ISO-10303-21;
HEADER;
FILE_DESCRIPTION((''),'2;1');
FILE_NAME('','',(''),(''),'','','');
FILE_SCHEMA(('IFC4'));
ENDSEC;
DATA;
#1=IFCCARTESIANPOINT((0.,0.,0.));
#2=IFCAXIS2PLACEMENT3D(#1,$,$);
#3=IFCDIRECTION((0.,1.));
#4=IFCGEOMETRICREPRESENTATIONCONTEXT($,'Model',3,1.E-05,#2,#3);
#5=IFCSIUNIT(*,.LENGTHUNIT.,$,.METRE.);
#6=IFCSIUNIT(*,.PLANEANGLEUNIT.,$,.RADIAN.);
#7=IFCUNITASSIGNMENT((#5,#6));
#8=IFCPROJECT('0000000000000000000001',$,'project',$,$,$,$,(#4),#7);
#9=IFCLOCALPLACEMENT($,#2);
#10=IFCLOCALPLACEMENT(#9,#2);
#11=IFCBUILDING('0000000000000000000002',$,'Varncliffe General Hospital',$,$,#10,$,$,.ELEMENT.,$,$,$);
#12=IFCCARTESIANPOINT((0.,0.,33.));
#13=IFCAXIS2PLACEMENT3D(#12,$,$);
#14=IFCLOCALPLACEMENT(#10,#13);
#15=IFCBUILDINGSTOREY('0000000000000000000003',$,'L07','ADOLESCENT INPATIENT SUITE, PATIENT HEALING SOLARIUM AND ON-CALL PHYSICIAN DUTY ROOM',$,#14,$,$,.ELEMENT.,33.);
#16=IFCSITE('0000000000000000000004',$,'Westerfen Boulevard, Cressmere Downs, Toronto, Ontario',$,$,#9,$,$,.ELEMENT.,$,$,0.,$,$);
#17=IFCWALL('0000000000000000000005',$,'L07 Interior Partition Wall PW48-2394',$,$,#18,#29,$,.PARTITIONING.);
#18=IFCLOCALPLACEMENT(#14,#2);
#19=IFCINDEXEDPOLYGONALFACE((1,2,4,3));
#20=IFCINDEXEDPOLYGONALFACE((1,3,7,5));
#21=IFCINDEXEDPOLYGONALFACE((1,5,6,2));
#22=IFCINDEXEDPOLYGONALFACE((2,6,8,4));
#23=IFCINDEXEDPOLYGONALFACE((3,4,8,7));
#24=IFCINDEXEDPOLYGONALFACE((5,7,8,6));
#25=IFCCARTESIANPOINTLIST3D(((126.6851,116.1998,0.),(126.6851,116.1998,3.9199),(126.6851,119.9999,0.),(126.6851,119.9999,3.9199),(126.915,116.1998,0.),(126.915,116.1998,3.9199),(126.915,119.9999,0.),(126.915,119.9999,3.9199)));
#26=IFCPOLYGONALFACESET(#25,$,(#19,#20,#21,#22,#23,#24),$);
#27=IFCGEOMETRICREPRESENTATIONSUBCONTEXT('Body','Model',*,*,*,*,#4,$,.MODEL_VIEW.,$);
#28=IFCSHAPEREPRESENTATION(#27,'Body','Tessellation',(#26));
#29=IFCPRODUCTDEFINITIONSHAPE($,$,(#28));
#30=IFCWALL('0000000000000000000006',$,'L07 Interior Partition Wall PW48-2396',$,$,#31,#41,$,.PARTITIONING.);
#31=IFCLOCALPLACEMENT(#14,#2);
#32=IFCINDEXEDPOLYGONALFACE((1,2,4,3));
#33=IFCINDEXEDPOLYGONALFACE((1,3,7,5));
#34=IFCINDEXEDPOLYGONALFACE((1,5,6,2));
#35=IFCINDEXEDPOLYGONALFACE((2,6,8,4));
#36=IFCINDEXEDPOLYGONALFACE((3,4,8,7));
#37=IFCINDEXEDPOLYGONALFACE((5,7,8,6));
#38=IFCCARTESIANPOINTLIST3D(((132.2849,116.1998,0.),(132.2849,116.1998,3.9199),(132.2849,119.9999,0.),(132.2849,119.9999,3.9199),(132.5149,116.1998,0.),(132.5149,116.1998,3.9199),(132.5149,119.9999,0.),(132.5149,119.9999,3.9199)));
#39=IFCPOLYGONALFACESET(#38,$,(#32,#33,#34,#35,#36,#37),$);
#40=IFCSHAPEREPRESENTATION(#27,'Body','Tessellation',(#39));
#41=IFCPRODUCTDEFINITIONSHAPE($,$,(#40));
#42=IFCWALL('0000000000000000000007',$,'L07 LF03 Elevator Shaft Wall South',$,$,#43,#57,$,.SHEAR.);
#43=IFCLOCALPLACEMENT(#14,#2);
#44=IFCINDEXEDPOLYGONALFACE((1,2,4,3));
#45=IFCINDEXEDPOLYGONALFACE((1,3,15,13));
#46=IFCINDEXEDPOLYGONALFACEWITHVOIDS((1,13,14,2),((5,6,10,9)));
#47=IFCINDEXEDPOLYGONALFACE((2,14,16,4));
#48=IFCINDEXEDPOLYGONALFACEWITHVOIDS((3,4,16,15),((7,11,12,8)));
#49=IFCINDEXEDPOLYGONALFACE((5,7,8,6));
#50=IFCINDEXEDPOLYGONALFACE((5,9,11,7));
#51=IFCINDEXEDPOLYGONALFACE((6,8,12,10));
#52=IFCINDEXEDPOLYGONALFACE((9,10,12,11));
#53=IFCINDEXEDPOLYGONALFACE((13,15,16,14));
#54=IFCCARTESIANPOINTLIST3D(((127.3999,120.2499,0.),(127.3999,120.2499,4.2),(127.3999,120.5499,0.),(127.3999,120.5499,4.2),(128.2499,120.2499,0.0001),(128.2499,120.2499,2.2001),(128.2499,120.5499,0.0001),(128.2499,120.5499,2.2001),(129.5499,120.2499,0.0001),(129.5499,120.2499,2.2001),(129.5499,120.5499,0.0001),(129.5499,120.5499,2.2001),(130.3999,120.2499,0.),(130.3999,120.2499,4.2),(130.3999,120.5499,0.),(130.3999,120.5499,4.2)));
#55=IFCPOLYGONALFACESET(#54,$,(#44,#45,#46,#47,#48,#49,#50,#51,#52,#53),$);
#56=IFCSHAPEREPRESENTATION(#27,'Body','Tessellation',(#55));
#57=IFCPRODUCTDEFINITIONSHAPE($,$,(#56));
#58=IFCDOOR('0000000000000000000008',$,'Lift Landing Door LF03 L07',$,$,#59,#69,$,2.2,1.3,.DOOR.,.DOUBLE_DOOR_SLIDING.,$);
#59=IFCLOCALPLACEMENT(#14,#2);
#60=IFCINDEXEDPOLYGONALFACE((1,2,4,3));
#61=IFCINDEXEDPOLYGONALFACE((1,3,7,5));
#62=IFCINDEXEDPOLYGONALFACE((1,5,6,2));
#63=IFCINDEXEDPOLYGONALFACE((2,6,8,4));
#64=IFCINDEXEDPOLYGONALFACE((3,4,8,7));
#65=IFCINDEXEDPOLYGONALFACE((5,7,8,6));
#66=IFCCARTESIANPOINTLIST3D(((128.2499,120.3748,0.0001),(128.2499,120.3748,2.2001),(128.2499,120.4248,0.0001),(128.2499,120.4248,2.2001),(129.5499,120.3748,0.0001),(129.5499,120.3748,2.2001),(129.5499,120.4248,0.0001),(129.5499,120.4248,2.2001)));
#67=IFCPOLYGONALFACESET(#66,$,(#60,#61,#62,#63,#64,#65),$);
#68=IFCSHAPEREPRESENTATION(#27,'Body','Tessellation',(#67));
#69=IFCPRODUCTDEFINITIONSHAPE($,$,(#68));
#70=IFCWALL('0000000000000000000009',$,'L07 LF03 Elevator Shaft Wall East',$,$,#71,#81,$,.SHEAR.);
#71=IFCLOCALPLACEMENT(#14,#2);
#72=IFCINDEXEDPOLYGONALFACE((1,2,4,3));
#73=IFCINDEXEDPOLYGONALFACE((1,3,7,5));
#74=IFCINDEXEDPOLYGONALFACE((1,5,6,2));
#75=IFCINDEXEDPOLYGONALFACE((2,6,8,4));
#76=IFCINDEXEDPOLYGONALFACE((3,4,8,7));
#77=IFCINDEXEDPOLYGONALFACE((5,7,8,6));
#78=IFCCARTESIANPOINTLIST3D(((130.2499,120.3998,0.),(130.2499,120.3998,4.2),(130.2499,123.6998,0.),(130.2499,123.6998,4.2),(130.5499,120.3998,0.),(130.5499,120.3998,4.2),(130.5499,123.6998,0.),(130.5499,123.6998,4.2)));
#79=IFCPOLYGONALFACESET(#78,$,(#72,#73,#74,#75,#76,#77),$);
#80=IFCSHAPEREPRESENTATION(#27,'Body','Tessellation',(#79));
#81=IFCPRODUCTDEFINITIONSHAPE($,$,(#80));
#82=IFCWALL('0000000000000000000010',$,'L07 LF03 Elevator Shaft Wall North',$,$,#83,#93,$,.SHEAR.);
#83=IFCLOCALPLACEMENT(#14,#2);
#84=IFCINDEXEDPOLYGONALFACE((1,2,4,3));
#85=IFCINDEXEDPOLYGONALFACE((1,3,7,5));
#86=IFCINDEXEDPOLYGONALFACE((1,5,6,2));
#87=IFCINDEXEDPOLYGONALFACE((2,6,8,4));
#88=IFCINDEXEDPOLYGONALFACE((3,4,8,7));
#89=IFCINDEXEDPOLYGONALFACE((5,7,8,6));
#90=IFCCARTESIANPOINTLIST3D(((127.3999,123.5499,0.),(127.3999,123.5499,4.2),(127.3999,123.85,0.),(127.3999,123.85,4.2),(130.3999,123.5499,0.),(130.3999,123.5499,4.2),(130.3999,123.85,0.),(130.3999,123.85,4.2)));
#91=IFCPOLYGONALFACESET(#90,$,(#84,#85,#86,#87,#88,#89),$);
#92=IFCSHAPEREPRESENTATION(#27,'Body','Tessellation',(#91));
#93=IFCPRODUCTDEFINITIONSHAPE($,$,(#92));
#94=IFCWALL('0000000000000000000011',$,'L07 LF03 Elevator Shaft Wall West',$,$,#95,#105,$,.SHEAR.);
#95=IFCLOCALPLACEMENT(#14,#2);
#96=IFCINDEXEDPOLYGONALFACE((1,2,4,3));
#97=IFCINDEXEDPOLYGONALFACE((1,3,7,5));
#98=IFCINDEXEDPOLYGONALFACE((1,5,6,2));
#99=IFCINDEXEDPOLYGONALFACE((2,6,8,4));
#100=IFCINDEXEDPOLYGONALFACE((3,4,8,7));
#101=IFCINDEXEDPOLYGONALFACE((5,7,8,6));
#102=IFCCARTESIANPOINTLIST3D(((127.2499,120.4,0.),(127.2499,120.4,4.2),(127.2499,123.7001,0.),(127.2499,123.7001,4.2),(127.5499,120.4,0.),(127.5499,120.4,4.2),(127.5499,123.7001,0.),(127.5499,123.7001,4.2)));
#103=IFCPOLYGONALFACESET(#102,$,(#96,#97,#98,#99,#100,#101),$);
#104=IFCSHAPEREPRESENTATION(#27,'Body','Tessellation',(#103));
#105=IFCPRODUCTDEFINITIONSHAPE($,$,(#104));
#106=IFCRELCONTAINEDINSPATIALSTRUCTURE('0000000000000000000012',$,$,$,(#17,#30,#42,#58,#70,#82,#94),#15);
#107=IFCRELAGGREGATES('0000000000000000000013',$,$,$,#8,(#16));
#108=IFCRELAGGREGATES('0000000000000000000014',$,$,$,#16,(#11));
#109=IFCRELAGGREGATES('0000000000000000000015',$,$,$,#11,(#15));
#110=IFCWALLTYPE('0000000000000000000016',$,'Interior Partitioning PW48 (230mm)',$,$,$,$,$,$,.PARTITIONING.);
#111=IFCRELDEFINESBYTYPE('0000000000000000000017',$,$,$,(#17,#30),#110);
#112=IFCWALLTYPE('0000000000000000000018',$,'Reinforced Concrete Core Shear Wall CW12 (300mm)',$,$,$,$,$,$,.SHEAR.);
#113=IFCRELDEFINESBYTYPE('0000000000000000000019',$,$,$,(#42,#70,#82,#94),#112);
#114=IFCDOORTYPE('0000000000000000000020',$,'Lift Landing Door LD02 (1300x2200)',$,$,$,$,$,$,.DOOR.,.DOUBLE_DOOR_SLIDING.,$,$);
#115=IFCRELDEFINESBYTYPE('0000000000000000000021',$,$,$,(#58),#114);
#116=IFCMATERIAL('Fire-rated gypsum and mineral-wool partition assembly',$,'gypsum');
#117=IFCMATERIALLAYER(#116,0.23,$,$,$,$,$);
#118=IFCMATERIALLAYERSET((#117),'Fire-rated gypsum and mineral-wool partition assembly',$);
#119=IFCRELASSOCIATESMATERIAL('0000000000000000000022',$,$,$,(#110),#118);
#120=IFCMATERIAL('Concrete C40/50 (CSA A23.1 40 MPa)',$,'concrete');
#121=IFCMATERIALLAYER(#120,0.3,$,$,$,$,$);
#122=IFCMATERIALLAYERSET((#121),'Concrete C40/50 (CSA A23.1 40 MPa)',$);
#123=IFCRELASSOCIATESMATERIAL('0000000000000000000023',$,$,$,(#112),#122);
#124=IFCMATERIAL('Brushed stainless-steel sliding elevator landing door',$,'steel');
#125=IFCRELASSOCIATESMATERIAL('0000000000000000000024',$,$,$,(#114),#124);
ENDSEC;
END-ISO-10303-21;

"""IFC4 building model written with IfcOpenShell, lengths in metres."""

from ifc_helpers import new_model, si_unit, direction, frame, frame_2d, origin, place, context, subcontext, project, spatial, rectangle, extrude, material, layer, layer_set, type_object, element, fill, save


model = new_model("IFC4")

# Units and contexts
model_context = context("Model", 3, precision=1e-05, world=origin(), true_north=direction((0.0, 1.0)))
body_context = subcontext(model_context, "Body", "Model", "MODEL_VIEW")
ifc_project = project(units=[si_unit("LENGTHUNIT", "METRE"), si_unit("PLANEANGLEUNIT", "RADIAN")], contexts=[model_context])

# Site, building, storey
site_placement = place(None, origin())
site = spatial("IfcSite", under=ifc_project, at=site_placement, Name="Westerfen Boulevard, Cressmere Downs, Toronto, Ontario", CompositionType="ELEMENT", RefElevation=0.0)
building_placement = place(site_placement, origin())
building = spatial("IfcBuilding", under=site, at=building_placement, Name="Varncliffe General Hospital", CompositionType="ELEMENT")
storey_placement = place(building_placement, frame((0.0, 0.0, 33.0)))
storey = spatial("IfcBuildingStorey", under=building, at=storey_placement, Name="L07", Description="ADOLESCENT INPATIENT SUITE, PATIENT HEALING SOLARIUM AND ON-CALL PHYSICIAN DUTY ROOM", CompositionType="ELEMENT", Elevation=33.0)

# Shared definitions
ifc_material_1 = material(Name="Concrete C40/50 (CSA A23.1 40 MPa)", Category="concrete")

# Shared definitions
ifc_material_2 = material(Name="Fire-rated gypsum and mineral-wool partition assembly", Category="gypsum")

# Shared definitions
ifc_layer_1 = layer(ifc_material_2, 0.23)
ifc_layer_set_1 = layer_set([ifc_layer_1], Name="Fire-rated gypsum and mineral-wool partition assembly")
wall_type_1 = type_object("IfcWallType", Name="Interior Partitioning PW48 (230mm)", PredefinedType="PARTITIONING", material=ifc_layer_set_1)

# Walls
for number, where, z_axis, x_axis, name in (
    (1, (126.8, 116.2, 0.0), (0.0, 0.0, 1.0), (0.0, 1.0, 0.0), "L07 Interior Partition Wall PW48-2394"),
    (2, (132.3999, 116.2, 0.0), (0.0, 0.0, 1.0), (0.0, 1.0, 0.0), "L07 Interior Partition Wall PW48-2396"),
):
    element("IfcWall", number, at=place(storey_placement, frame(where, z_axis=z_axis, x_axis=x_axis)), inside=storey, type_object=wall_type_1, Name=name, PredefinedType="PARTITIONING", context=body_context, shape_type="SweptSolid", body=[
        extrude(rectangle(XDim=3.8, YDim=0.23, at=frame_2d((1.8999, 0.0))), origin(), (0.0, 0.0, 1.0), 3.9199),
    ])

# Wall, opening, door
ifc_layer_2 = layer(ifc_material_1, 0.3)
ifc_layer_set_2 = layer_set([ifc_layer_2], Name="Concrete C40/50 (CSA A23.1 40 MPa)")
wall_type_2 = type_object("IfcWallType", Name="Reinforced Concrete Core Shear Wall CW12 (300mm)", PredefinedType="SHEAR", material=ifc_layer_set_2)
wall_1_placement = place(storey_placement, frame((127.3999, 120.3999, 0.0), z_axis=(0.0, 0.0, 1.0), x_axis=(1.0, 0.0, 0.0)))
wall_1 = element("IfcWall", 3, at=wall_1_placement, inside=storey, type_object=wall_type_2, Name="L07 LF03 Elevator Shaft Wall South", PredefinedType="SHEAR", context=body_context, shape_type="SweptSolid", body=[
    extrude(rectangle(XDim=3.0, YDim=0.3, at=frame_2d((1.5, 0.0))), origin(), (0.0, 0.0, 1.0), 4.2),
])
opening_1_placement = place(wall_1_placement, frame((0.8501, 0.0, 0.0)))
opening_1 = element("IfcOpeningElement", 4, at=opening_1_placement, cuts=wall_1, PredefinedType="OPENING", context=body_context, shape_type="SweptSolid", body=[
    extrude(rectangle(XDim=1.3, YDim=2.2, at=frame_2d((0.6499, 1.1001))), frame((0.0, 0.1602, 0.0), z_axis=(0.0, -1.0, 0.0), x_axis=(1.0, 0.0, 0.0)), (0.0, 0.0, 1.0), 0.3201),
])
ifc_material_3 = material(Name="Brushed stainless-steel sliding elevator landing door", Category="steel")
door_type_1 = type_object("IfcDoorType", Name="Lift Landing Door LD02 (1300x2200)", OperationType="DOUBLE_DOOR_SLIDING", PredefinedType="DOOR", material=ifc_material_3)
door_1_placement = place(opening_1_placement, origin())
door_1 = element("IfcDoor", 5, at=door_1_placement, inside=storey, type_object=door_type_1, Name="Lift Landing Door LF03 L07", OperationType="DOUBLE_DOOR_SLIDING", OverallHeight=2.2, OverallWidth=1.3, PredefinedType="DOOR", context=body_context, shape_type="SweptSolid", body=[
    extrude(rectangle(XDim=1.3, YDim=2.2, at=frame_2d((0.6499, 1.1001))), frame((0.0, 0.0249, 0.0), z_axis=(0.0, -1.0, 0.0), x_axis=(1.0, 0.0, 0.0)), (0.0, 0.0, 1.0), 0.05),
])
fill(opening_1, door_1)

# Walls
wall_2_placement = place(storey_placement, frame((130.3999, 120.3999, 0.0), z_axis=(0.0, 0.0, 1.0), x_axis=(0.0, 1.0, 0.0)))
element("IfcWall", 6, at=wall_2_placement, inside=storey, type_object=wall_type_2, Name="L07 LF03 Elevator Shaft Wall East", PredefinedType="SHEAR", context=body_context, shape_type="SweptSolid", body=[
    extrude(rectangle(XDim=3.3, YDim=0.3, at=frame_2d((1.6499, 0.0))), origin(), (0.0, 0.0, 1.0), 4.2),
])
wall_3_placement = place(storey_placement, frame((130.3999, 123.7, 0.0), z_axis=(0.0, 0.0, 1.0), x_axis=(-1.0, 0.0, 0.0)))
element("IfcWall", 7, at=wall_3_placement, inside=storey, type_object=wall_type_2, Name="L07 LF03 Elevator Shaft Wall North", PredefinedType="SHEAR", context=body_context, shape_type="SweptSolid", body=[
    extrude(rectangle(XDim=3.0, YDim=0.3, at=frame_2d((1.5, 0.0))), origin(), (0.0, 0.0, 1.0), 4.2),
])
wall_4_placement = place(storey_placement, frame((127.3999, 123.7, 0.0), z_axis=(0.0, 0.0, 1.0), x_axis=(0.0, -1.0, 0.0)))
element("IfcWall", 8, at=wall_4_placement, inside=storey, type_object=wall_type_2, Name="L07 LF03 Elevator Shaft Wall West", PredefinedType="SHEAR", context=body_context, shape_type="SweptSolid", body=[
    extrude(rectangle(XDim=3.3, YDim=0.3, at=frame_2d((1.6499, 0.0))), origin(), (0.0, 0.0, 1.0), 4.2),
])

save(model, "model.ifc")
